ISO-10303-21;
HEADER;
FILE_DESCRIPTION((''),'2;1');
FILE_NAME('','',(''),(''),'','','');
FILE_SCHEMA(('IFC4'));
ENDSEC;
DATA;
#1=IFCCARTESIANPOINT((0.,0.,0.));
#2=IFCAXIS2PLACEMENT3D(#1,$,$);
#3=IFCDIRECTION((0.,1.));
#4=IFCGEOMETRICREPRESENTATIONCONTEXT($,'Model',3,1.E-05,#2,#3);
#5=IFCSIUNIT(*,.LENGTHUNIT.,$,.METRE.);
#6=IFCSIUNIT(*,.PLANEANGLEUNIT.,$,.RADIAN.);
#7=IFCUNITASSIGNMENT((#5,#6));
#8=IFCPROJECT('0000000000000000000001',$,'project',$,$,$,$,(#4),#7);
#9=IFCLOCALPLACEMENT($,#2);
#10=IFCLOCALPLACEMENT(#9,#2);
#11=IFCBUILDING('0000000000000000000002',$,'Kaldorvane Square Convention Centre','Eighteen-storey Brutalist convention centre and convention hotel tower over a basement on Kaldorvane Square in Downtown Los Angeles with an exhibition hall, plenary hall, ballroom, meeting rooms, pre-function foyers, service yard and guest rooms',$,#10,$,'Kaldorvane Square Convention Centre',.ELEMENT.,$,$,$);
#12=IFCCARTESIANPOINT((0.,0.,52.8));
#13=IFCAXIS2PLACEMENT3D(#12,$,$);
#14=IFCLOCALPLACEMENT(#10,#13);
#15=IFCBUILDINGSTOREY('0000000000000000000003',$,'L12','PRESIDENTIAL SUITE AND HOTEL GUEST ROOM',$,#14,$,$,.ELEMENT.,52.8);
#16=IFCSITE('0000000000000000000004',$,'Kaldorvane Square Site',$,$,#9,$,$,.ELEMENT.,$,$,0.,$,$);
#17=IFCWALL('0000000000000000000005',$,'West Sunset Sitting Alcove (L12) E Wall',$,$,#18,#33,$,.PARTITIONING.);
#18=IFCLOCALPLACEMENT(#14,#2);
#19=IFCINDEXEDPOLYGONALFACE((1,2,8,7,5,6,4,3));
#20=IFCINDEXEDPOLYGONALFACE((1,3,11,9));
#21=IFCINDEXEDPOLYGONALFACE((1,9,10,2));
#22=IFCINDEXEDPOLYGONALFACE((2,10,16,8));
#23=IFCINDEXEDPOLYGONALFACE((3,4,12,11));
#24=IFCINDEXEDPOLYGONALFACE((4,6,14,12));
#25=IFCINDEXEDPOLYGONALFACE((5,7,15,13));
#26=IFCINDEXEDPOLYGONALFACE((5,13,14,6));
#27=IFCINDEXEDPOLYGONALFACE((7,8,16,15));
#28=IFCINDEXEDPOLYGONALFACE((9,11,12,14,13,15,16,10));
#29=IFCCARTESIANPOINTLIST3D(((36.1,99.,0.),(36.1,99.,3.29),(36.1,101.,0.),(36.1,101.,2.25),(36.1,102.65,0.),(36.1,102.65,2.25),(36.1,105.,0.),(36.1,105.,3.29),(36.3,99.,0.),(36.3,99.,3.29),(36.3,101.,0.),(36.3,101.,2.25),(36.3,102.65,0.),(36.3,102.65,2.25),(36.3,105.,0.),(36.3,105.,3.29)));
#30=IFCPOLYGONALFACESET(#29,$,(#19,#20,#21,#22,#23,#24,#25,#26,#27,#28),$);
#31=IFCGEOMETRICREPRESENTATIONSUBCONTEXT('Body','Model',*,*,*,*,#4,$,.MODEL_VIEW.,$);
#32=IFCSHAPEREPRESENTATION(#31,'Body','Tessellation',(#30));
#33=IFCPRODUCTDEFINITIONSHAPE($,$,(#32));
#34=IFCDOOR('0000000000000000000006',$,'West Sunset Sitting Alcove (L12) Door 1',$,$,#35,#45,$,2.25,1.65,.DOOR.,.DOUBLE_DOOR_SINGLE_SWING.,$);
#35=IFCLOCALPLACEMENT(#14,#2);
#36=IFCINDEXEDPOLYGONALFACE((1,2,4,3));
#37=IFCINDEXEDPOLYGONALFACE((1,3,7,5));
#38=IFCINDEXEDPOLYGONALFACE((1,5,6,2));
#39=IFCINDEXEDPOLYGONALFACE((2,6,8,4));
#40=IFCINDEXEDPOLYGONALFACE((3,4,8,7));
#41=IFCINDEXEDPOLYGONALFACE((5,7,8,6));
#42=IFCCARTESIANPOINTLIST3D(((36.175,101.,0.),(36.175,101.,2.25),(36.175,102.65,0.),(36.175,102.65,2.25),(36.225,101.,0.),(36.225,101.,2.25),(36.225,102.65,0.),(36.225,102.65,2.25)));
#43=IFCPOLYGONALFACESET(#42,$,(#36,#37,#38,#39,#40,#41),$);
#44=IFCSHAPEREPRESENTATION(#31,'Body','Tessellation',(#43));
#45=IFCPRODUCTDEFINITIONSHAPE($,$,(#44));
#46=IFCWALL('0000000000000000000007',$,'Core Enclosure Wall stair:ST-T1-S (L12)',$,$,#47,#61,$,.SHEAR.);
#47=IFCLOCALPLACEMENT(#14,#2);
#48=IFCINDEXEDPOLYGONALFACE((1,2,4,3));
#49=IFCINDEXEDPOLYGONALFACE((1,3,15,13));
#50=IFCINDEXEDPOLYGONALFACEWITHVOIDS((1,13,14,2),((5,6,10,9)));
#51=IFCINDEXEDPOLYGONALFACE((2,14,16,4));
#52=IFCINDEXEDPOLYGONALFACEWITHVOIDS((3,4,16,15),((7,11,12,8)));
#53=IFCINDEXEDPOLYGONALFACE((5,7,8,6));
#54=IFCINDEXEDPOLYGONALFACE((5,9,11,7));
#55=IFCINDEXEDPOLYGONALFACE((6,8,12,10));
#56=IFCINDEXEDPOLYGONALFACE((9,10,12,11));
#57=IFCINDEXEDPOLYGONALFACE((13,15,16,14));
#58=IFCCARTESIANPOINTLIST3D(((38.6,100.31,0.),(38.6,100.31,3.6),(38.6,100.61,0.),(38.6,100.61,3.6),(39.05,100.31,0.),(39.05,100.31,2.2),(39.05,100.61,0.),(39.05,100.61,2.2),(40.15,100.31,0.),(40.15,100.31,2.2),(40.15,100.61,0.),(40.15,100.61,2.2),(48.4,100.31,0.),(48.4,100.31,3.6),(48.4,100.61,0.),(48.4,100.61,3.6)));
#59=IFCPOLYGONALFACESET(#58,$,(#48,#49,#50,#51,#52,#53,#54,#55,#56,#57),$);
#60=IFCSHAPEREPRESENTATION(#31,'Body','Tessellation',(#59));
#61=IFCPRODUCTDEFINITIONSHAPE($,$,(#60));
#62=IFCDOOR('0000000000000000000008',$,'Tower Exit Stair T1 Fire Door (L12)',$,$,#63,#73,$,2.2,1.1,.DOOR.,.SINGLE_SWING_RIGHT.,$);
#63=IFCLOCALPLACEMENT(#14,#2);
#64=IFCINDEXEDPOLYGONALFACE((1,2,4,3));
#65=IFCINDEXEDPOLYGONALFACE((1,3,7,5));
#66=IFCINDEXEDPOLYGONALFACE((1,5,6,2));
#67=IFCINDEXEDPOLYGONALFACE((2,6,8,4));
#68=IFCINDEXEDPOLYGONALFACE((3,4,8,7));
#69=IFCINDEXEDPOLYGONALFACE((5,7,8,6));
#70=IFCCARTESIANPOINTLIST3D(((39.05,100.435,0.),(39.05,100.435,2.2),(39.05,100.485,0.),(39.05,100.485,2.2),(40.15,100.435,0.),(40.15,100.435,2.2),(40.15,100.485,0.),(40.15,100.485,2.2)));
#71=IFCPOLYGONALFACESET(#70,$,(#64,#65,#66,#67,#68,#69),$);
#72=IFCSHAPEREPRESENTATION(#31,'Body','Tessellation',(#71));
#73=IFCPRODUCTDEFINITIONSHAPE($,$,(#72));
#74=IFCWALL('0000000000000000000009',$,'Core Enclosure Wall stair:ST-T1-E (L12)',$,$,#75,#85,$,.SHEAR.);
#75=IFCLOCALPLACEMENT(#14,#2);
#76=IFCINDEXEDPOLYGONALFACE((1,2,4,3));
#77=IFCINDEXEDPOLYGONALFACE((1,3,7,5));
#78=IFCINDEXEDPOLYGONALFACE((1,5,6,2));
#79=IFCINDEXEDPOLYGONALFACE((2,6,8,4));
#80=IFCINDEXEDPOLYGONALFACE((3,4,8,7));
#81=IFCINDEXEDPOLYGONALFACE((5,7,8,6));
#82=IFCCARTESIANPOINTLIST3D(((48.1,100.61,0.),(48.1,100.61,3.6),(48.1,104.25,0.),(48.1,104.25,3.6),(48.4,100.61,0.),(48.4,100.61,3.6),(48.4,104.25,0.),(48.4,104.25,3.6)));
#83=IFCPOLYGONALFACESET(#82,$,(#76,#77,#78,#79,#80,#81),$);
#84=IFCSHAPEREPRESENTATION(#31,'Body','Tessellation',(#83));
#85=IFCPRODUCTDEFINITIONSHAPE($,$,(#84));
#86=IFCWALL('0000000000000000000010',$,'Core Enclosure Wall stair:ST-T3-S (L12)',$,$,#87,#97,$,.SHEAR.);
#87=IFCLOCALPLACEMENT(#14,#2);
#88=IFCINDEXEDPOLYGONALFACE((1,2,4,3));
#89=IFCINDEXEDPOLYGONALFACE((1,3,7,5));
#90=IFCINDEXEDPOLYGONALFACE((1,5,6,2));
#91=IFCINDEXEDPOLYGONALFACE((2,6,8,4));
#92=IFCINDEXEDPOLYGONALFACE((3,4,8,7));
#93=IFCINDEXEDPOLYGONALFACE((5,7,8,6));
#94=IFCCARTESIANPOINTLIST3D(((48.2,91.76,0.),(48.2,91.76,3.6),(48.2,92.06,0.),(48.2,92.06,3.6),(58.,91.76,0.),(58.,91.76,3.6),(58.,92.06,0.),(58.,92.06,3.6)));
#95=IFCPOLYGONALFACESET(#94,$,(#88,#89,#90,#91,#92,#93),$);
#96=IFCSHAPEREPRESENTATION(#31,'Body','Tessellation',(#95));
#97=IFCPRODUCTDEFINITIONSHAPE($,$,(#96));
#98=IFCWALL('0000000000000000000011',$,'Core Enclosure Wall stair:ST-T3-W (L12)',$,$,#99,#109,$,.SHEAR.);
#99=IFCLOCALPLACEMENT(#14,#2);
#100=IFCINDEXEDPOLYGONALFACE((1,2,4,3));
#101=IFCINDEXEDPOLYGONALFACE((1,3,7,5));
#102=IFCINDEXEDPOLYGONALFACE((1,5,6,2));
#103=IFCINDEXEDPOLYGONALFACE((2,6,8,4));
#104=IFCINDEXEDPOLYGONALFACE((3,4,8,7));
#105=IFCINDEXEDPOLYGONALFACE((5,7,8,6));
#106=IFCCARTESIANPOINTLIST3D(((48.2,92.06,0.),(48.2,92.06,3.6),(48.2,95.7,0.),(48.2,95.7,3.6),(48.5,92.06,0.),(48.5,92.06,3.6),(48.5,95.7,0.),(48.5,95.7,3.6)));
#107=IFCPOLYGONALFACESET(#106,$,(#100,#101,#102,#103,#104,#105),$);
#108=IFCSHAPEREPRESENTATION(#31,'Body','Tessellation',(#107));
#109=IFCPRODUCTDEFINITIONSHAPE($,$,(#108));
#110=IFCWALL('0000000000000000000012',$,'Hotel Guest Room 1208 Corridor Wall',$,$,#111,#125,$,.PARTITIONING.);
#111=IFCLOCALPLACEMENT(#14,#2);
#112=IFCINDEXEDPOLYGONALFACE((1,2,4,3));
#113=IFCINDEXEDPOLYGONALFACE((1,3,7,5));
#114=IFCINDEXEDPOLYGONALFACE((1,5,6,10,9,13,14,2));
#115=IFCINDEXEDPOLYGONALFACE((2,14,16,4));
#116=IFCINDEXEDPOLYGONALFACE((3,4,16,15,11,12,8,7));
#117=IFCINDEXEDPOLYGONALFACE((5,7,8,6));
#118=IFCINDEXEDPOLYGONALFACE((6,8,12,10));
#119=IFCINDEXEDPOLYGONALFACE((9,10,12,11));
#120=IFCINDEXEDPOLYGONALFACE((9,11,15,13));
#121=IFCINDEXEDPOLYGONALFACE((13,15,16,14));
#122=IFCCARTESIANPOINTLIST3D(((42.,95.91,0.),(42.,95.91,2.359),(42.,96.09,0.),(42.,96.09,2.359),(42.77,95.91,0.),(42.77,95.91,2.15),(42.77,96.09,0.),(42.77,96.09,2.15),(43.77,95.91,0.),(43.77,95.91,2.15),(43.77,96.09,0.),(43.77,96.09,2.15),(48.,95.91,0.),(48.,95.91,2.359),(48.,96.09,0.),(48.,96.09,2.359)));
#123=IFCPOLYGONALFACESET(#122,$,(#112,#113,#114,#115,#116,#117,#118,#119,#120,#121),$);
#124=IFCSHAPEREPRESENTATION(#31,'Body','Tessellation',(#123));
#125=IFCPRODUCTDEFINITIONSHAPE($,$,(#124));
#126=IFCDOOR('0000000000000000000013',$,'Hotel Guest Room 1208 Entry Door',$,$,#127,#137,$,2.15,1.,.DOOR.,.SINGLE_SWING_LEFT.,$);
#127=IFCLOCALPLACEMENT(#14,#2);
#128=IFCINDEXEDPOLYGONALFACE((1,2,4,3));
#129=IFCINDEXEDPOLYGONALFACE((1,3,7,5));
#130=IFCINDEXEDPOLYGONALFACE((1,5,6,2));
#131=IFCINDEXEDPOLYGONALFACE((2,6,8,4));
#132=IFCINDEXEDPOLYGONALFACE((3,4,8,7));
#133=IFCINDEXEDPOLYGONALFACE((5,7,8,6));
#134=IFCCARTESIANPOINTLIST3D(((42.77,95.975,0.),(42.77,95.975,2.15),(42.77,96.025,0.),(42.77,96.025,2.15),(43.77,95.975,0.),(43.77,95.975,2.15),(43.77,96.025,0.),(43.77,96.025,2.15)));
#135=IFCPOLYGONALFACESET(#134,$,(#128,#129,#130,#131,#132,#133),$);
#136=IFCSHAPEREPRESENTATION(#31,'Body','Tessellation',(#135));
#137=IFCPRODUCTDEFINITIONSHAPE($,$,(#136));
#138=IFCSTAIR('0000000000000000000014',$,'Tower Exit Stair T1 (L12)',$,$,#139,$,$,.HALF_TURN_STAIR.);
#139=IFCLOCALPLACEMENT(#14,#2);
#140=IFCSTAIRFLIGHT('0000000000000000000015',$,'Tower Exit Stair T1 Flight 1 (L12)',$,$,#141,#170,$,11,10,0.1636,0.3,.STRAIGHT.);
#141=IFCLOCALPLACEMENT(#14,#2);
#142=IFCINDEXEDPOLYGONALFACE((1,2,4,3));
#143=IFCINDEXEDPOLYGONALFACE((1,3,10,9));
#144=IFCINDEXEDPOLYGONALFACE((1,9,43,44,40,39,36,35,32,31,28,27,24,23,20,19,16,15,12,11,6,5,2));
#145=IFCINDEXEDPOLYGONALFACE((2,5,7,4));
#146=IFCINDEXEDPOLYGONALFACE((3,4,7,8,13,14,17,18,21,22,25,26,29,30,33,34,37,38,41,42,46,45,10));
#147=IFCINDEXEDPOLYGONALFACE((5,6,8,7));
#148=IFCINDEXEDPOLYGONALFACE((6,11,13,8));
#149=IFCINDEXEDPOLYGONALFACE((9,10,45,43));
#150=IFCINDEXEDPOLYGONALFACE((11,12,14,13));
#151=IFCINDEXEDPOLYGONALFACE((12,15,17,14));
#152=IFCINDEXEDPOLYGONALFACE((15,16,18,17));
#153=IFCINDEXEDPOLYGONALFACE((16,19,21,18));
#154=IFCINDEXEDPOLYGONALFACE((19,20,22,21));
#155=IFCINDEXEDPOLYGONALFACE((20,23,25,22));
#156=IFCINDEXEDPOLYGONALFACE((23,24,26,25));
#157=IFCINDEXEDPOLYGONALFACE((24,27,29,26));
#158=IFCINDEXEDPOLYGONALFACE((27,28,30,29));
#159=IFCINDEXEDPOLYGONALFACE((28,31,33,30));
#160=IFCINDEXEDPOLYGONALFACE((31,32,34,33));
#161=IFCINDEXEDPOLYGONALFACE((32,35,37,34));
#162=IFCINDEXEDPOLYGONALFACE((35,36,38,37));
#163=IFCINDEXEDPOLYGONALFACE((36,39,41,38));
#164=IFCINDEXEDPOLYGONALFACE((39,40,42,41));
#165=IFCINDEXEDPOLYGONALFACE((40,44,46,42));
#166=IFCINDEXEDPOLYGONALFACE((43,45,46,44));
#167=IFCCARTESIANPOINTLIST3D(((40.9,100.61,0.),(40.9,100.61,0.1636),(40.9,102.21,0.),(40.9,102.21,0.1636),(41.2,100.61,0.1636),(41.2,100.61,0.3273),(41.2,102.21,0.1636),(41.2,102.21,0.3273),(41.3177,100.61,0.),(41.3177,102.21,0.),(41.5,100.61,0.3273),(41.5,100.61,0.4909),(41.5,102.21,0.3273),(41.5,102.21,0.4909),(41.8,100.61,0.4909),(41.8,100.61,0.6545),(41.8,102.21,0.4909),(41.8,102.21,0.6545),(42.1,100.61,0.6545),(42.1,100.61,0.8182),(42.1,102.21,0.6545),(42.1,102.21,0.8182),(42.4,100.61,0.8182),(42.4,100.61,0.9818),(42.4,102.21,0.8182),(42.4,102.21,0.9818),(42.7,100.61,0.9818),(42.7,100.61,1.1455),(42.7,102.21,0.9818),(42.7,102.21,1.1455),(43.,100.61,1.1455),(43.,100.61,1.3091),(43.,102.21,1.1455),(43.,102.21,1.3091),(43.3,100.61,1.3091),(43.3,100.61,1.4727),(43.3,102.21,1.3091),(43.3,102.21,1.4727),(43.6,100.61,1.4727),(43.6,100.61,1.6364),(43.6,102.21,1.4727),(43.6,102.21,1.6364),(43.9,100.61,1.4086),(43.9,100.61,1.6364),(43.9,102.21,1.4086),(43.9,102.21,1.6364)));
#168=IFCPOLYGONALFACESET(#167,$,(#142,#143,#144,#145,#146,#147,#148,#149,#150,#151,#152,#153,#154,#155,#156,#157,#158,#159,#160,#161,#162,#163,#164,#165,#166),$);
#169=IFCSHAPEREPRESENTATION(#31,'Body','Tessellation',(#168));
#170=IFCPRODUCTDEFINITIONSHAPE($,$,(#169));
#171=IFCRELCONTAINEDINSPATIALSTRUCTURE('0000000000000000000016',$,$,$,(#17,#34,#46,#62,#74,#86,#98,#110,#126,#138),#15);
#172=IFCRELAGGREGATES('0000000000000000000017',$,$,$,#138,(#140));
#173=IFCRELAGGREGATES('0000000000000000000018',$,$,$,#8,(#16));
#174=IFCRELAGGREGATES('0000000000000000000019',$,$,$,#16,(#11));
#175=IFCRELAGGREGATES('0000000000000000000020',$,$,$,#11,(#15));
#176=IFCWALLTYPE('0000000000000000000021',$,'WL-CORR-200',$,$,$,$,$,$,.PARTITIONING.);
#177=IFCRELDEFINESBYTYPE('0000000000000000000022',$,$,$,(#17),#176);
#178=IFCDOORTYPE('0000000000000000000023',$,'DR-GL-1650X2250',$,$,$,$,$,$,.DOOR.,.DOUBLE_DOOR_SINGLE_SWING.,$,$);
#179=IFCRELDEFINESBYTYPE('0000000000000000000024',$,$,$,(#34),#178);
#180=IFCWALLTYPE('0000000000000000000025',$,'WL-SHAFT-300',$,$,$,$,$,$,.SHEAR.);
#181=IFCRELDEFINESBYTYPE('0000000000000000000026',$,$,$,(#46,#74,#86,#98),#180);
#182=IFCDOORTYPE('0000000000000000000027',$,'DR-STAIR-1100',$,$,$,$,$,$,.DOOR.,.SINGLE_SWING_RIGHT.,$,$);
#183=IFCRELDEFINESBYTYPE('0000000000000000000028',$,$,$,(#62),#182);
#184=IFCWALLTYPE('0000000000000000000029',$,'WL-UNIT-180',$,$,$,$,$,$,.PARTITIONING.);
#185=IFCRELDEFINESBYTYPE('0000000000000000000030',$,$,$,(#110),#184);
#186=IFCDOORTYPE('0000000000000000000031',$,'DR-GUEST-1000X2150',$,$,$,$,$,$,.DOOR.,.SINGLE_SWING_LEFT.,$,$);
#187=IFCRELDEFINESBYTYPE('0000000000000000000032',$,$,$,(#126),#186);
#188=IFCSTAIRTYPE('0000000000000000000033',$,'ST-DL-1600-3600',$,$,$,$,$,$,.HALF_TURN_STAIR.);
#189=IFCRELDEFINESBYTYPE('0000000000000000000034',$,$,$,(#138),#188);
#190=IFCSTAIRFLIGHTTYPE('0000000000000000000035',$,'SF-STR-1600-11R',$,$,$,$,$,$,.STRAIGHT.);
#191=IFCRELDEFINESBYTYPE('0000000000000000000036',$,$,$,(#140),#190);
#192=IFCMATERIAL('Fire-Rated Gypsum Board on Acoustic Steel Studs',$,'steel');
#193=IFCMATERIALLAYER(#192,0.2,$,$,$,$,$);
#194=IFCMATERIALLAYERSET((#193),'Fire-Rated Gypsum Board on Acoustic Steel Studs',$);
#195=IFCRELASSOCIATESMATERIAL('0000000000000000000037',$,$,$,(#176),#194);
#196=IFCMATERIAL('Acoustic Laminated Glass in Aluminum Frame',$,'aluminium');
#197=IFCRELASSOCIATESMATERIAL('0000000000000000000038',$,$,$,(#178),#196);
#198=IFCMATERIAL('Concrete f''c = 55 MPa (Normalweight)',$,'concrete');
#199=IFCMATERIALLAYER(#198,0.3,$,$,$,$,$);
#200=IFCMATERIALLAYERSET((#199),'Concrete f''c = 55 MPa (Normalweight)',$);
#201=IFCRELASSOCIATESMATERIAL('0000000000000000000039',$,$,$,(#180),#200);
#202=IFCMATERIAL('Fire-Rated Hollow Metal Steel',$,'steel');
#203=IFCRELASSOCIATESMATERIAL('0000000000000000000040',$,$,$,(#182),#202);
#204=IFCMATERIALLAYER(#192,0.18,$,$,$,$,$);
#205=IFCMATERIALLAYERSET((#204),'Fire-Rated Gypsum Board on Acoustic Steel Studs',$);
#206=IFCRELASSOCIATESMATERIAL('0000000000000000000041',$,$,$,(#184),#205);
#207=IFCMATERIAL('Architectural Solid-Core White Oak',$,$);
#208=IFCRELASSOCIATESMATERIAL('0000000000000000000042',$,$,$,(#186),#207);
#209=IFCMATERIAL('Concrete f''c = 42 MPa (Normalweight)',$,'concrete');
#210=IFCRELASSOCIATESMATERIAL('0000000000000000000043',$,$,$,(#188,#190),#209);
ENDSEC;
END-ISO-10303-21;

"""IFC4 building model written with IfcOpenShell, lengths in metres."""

from ifc_helpers import new_model, si_unit, direction, frame, frame_2d, origin, place, context, subcontext, project, spatial, polyline, rectangle, outline, extrude, material, layer, layer_set, type_object, element, fill, aggregate, save


model = new_model("IFC4")

# Units and contexts
model_context = context("Model", 3, precision=1e-05, world=origin(), true_north=direction((0.0, 1.0)))
body_context = subcontext(model_context, "Body", "Model", "MODEL_VIEW")
ifc_project = project(units=[si_unit("LENGTHUNIT", "METRE"), si_unit("PLANEANGLEUNIT", "RADIAN")], contexts=[model_context])

# Site, building, storey
site_placement = place(None, origin())
site = spatial("IfcSite", under=ifc_project, at=site_placement, Name="Kaldorvane Square Site", CompositionType="ELEMENT", RefElevation=0.0)
building_placement = place(site_placement, origin())
building = spatial("IfcBuilding", under=site, at=building_placement, Name="Kaldorvane Square Convention Centre", Description="Eighteen-storey Brutalist convention centre and convention hotel tower over a basement on Kaldorvane Square in Downtown Los Angeles with an exhibition hall, plenary hall, ballroom, meeting rooms, pre-function foyers, service yard and guest rooms", LongName="Kaldorvane Square Convention Centre", CompositionType="ELEMENT")
storey_placement = place(building_placement, frame((0.0, 0.0, 52.8)))
storey = spatial("IfcBuildingStorey", under=building, at=storey_placement, Name="L12", Description="PRESIDENTIAL SUITE AND HOTEL GUEST ROOM", CompositionType="ELEMENT", Elevation=52.8)

# Shared definitions
ifc_material_1 = material(Name="Fire-Rated Gypsum Board on Acoustic Steel Studs", Category="steel")
ifc_material_2 = material(Name="Architectural Solid-Core White Oak")

# Walls, openings, doors
ifc_layer_1 = layer(ifc_material_1, 0.2)
ifc_layer_set_1 = layer_set([ifc_layer_1], Name="Fire-Rated Gypsum Board on Acoustic Steel Studs")
wall_type_1 = type_object("IfcWallType", Name="WL-CORR-200", PredefinedType="PARTITIONING", material=ifc_layer_set_1)
wall_1_placement = place(storey_placement, frame((36.2, 99.0, 0.0), z_axis=(0.0, 0.0, 1.0), x_axis=(0.0, 1.0, 0.0)))
wall_1 = element("IfcWall", 1, at=wall_1_placement, inside=storey, type_object=wall_type_1, Name="West Sunset Sitting Alcove (L12) E Wall", PredefinedType="PARTITIONING", context=body_context, shape_type="SweptSolid", body=[
    extrude(rectangle(XDim=6.0, YDim=0.2, at=frame_2d((3.0, 0.0))), origin(), (0.0, 0.0, 1.0), 3.29),
])
opening_1_placement = place(wall_1_placement, frame((2.0, 0.0, 0.0)))
opening_1 = element("IfcOpeningElement", 2, at=opening_1_placement, cuts=wall_1, PredefinedType="OPENING", context=body_context, shape_type="SweptSolid", body=[
    extrude(rectangle(XDim=1.65, YDim=2.25, at=frame_2d((0.825, 1.125))), frame((0.0, 0.115, 0.0), z_axis=(0.0, -1.0, 0.0), x_axis=(1.0, 0.0, 0.0)), (0.0, 0.0, 1.0), 0.23),
])
ifc_material_3 = material(Name="Acoustic Laminated Glass in Aluminum Frame", Category="aluminium")
door_type_1 = type_object("IfcDoorType", Name="DR-GL-1650X2250", OperationType="DOUBLE_DOOR_SINGLE_SWING", PredefinedType="DOOR", material=ifc_material_3)
door_1_placement = place(opening_1_placement, origin())
door_1 = element("IfcDoor", 3, at=door_1_placement, inside=storey, type_object=door_type_1, Name="West Sunset Sitting Alcove (L12) Door 1", OperationType="DOUBLE_DOOR_SINGLE_SWING", OverallHeight=2.25, OverallWidth=1.65, PredefinedType="DOOR", context=body_context, shape_type="SweptSolid", body=[
    extrude(rectangle(XDim=1.65, YDim=2.25, at=frame_2d((0.825, 1.125))), frame((0.0, 0.025, 0.0), z_axis=(0.0, -1.0, 0.0), x_axis=(1.0, 0.0, 0.0)), (0.0, 0.0, 1.0), 0.05),
])
fill(opening_1, door_1)
ifc_material_4 = material(Name="Concrete f'c = 55 MPa (Normalweight)", Category="concrete")
ifc_layer_2 = layer(ifc_material_4, 0.3)
ifc_layer_set_2 = layer_set([ifc_layer_2], Name="Concrete f'c = 55 MPa (Normalweight)")
wall_type_2 = type_object("IfcWallType", Name="WL-SHAFT-300", PredefinedType="SHEAR", material=ifc_layer_set_2)
wall_2_placement = place(storey_placement, frame((38.6, 100.46, 0.0), z_axis=(0.0, 0.0, 1.0), x_axis=(1.0, 0.0, 0.0)))
wall_2 = element("IfcWall", 4, at=wall_2_placement, inside=storey, type_object=wall_type_2, Name="Core Enclosure Wall stair:ST-T1-S (L12)", PredefinedType="SHEAR", context=body_context, shape_type="SweptSolid", body=[
    extrude(rectangle(XDim=9.8, YDim=0.3, at=frame_2d((4.9, 0.0))), origin(), (0.0, 0.0, 1.0), 3.6),
])
opening_2_placement = place(wall_2_placement, frame((0.45, 0.0, 0.0)))
opening_2 = element("IfcOpeningElement", 5, at=opening_2_placement, cuts=wall_2, PredefinedType="OPENING", context=body_context, shape_type="SweptSolid", body=[
    extrude(rectangle(XDim=1.1, YDim=2.2, at=frame_2d((0.55, 1.1))), frame((0.0, 0.165, 0.0), z_axis=(0.0, -1.0, 0.0), x_axis=(1.0, 0.0, 0.0)), (0.0, 0.0, 1.0), 0.33),
])
ifc_material_5 = material(Name="Fire-Rated Hollow Metal Steel", Category="steel")
door_type_2 = type_object("IfcDoorType", Name="DR-STAIR-1100", OperationType="SINGLE_SWING_RIGHT", PredefinedType="DOOR", material=ifc_material_5)
door_2_placement = place(opening_2_placement, origin())
door_2 = element("IfcDoor", 6, at=door_2_placement, inside=storey, type_object=door_type_2, Name="Tower Exit Stair T1 Fire Door (L12)", OperationType="SINGLE_SWING_RIGHT", OverallHeight=2.2, OverallWidth=1.1, PredefinedType="DOOR", context=body_context, shape_type="SweptSolid", body=[
    extrude(rectangle(XDim=1.1, YDim=2.2, at=frame_2d((0.55, 1.1))), frame((0.0, 0.025, 0.0), z_axis=(0.0, -1.0, 0.0), x_axis=(1.0, 0.0, 0.0)), (0.0, 0.0, 1.0), 0.05),
])
fill(opening_2, door_2)

# Walls
wall_3_placement = place(storey_placement, frame((48.25, 100.61, 0.0), z_axis=(0.0, 0.0, 1.0), x_axis=(0.0, 1.0, 0.0)))
element("IfcWall", 7, at=wall_3_placement, inside=storey, type_object=wall_type_2, Name="Core Enclosure Wall stair:ST-T1-E (L12)", PredefinedType="SHEAR", context=body_context, shape_type="SweptSolid", body=[
    extrude(rectangle(XDim=3.64, YDim=0.3, at=frame_2d((1.82, 0.0))), origin(), (0.0, 0.0, 1.0), 3.6),
])
wall_4_placement = place(storey_placement, frame((48.2, 91.91, 0.0), z_axis=(0.0, 0.0, 1.0), x_axis=(1.0, 0.0, 0.0)))
element("IfcWall", 8, at=wall_4_placement, inside=storey, type_object=wall_type_2, Name="Core Enclosure Wall stair:ST-T3-S (L12)", PredefinedType="SHEAR", context=body_context, shape_type="SweptSolid", body=[
    extrude(rectangle(XDim=9.8, YDim=0.3, at=frame_2d((4.9, 0.0))), origin(), (0.0, 0.0, 1.0), 3.6),
])
wall_5_placement = place(storey_placement, frame((48.35, 95.7, 0.0), z_axis=(0.0, 0.0, 1.0), x_axis=(0.0, -1.0, 0.0)))
element("IfcWall", 9, at=wall_5_placement, inside=storey, type_object=wall_type_2, Name="Core Enclosure Wall stair:ST-T3-W (L12)", PredefinedType="SHEAR", context=body_context, shape_type="SweptSolid", body=[
    extrude(rectangle(XDim=3.64, YDim=0.3, at=frame_2d((1.82, 0.0))), origin(), (0.0, 0.0, 1.0), 3.6),
])

# Wall, opening, door
ifc_layer_3 = layer(ifc_material_1, 0.18)
ifc_layer_set_3 = layer_set([ifc_layer_3], Name="Fire-Rated Gypsum Board on Acoustic Steel Studs")
wall_type_3 = type_object("IfcWallType", Name="WL-UNIT-180", PredefinedType="PARTITIONING", material=ifc_layer_set_3)
wall_6_placement = place(storey_placement, frame((42.0, 96.0, 0.0), z_axis=(0.0, 0.0, 1.0), x_axis=(1.0, 0.0, 0.0)))
wall_6 = element("IfcWall", 10, at=wall_6_placement, inside=storey, type_object=wall_type_3, Name="Hotel Guest Room 1208 Corridor Wall", PredefinedType="PARTITIONING", context=body_context, shape_type="SweptSolid", body=[
    extrude(rectangle(XDim=6.0, YDim=0.18, at=frame_2d((3.0, 0.0))), origin(), (0.0, 0.0, 1.0), 2.359),
])
opening_3_placement = place(wall_6_placement, frame((0.77, 0.0, 0.0)))
opening_3 = element("IfcOpeningElement", 11, at=opening_3_placement, cuts=wall_6, PredefinedType="OPENING", context=body_context, shape_type="SweptSolid", body=[
    extrude(rectangle(XDim=1.0, YDim=2.15, at=frame_2d((0.5, 1.075))), frame((0.0, 0.105, 0.0), z_axis=(0.0, -1.0, 0.0), x_axis=(1.0, 0.0, 0.0)), (0.0, 0.0, 1.0), 0.21),
])
door_type_3 = type_object("IfcDoorType", Name="DR-GUEST-1000X2150", OperationType="SINGLE_SWING_LEFT", PredefinedType="DOOR", material=ifc_material_2)
door_3_placement = place(opening_3_placement, origin())
door_3 = element("IfcDoor", 12, at=door_3_placement, inside=storey, type_object=door_type_3, Name="Hotel Guest Room 1208 Entry Door", OperationType="SINGLE_SWING_LEFT", OverallHeight=2.15, OverallWidth=1.0, PredefinedType="DOOR", context=body_context, shape_type="SweptSolid", body=[
    extrude(rectangle(XDim=1.0, YDim=2.15, at=frame_2d((0.5, 1.075))), frame((0.0, 0.025, 0.0), z_axis=(0.0, -1.0, 0.0), x_axis=(1.0, 0.0, 0.0)), (0.0, 0.0, 1.0), 0.05),
])
fill(opening_3, door_3)

# Stair, stair flight
ifc_material_6 = material(Name="Concrete f'c = 42 MPa (Normalweight)", Category="concrete")
stair_type = type_object("IfcStairType", Name="ST-DL-1600-3600", PredefinedType="HALF_TURN_STAIR", material=ifc_material_6)
stair_1_placement = place(storey_placement, origin())
stair_1 = element("IfcStair", 13, at=stair_1_placement, inside=storey, type_object=stair_type, Name="Tower Exit Stair T1 (L12)", PredefinedType="HALF_TURN_STAIR")
stair_flight_type = type_object("IfcStairFlightType", Name="SF-STR-1600-11R", PredefinedType="STRAIGHT", material=ifc_material_6)
stair_flight_1_placement = place(storey_placement, frame((40.9, 101.41, 0.0), z_axis=(0.0, 0.0, 1.0), x_axis=(1.0, 0.0, 0.0)))
stair_flight_1 = element("IfcStairFlight", 14, at=stair_flight_1_placement, type_object=stair_flight_type, Name="Tower Exit Stair T1 Flight 1 (L12)", NumberOfRisers=11, NumberOfTreads=10, PredefinedType="STRAIGHT", RiserHeight=0.1636, TreadLength=0.3, context=body_context, shape_type="SweptSolid", body=[
    extrude(outline(polyline([(0.0, 0.0), (0.0, 0.1636), (0.3, 0.1636), (0.3, 0.3273), (0.6, 0.3273), (0.6, 0.4909), (0.9, 0.4909), (0.9, 0.6545), (1.2, 0.6545), (1.2, 0.8182), (1.5, 0.8182), (1.5, 0.9818), (1.8, 0.9818), (1.8, 1.1455), (2.1, 1.1455), (2.1, 1.3091), (2.4, 1.3091), (2.4, 1.4727), (2.7, 1.4727), (2.7, 1.6364), (3.0, 1.6364), (3.0, 1.8), (3.0, 1.4086), (0.4177, 0.0), (0.0, 0.0)])), frame((0.0, 0.8, 0.0), z_axis=(0.0, -1.0, 0.0), x_axis=(1.0, 0.0, 0.0)), (0.0, 0.0, 1.0), 1.6),
])
aggregate(stair_1, [stair_flight_1])

save(model, "model.ifc")
